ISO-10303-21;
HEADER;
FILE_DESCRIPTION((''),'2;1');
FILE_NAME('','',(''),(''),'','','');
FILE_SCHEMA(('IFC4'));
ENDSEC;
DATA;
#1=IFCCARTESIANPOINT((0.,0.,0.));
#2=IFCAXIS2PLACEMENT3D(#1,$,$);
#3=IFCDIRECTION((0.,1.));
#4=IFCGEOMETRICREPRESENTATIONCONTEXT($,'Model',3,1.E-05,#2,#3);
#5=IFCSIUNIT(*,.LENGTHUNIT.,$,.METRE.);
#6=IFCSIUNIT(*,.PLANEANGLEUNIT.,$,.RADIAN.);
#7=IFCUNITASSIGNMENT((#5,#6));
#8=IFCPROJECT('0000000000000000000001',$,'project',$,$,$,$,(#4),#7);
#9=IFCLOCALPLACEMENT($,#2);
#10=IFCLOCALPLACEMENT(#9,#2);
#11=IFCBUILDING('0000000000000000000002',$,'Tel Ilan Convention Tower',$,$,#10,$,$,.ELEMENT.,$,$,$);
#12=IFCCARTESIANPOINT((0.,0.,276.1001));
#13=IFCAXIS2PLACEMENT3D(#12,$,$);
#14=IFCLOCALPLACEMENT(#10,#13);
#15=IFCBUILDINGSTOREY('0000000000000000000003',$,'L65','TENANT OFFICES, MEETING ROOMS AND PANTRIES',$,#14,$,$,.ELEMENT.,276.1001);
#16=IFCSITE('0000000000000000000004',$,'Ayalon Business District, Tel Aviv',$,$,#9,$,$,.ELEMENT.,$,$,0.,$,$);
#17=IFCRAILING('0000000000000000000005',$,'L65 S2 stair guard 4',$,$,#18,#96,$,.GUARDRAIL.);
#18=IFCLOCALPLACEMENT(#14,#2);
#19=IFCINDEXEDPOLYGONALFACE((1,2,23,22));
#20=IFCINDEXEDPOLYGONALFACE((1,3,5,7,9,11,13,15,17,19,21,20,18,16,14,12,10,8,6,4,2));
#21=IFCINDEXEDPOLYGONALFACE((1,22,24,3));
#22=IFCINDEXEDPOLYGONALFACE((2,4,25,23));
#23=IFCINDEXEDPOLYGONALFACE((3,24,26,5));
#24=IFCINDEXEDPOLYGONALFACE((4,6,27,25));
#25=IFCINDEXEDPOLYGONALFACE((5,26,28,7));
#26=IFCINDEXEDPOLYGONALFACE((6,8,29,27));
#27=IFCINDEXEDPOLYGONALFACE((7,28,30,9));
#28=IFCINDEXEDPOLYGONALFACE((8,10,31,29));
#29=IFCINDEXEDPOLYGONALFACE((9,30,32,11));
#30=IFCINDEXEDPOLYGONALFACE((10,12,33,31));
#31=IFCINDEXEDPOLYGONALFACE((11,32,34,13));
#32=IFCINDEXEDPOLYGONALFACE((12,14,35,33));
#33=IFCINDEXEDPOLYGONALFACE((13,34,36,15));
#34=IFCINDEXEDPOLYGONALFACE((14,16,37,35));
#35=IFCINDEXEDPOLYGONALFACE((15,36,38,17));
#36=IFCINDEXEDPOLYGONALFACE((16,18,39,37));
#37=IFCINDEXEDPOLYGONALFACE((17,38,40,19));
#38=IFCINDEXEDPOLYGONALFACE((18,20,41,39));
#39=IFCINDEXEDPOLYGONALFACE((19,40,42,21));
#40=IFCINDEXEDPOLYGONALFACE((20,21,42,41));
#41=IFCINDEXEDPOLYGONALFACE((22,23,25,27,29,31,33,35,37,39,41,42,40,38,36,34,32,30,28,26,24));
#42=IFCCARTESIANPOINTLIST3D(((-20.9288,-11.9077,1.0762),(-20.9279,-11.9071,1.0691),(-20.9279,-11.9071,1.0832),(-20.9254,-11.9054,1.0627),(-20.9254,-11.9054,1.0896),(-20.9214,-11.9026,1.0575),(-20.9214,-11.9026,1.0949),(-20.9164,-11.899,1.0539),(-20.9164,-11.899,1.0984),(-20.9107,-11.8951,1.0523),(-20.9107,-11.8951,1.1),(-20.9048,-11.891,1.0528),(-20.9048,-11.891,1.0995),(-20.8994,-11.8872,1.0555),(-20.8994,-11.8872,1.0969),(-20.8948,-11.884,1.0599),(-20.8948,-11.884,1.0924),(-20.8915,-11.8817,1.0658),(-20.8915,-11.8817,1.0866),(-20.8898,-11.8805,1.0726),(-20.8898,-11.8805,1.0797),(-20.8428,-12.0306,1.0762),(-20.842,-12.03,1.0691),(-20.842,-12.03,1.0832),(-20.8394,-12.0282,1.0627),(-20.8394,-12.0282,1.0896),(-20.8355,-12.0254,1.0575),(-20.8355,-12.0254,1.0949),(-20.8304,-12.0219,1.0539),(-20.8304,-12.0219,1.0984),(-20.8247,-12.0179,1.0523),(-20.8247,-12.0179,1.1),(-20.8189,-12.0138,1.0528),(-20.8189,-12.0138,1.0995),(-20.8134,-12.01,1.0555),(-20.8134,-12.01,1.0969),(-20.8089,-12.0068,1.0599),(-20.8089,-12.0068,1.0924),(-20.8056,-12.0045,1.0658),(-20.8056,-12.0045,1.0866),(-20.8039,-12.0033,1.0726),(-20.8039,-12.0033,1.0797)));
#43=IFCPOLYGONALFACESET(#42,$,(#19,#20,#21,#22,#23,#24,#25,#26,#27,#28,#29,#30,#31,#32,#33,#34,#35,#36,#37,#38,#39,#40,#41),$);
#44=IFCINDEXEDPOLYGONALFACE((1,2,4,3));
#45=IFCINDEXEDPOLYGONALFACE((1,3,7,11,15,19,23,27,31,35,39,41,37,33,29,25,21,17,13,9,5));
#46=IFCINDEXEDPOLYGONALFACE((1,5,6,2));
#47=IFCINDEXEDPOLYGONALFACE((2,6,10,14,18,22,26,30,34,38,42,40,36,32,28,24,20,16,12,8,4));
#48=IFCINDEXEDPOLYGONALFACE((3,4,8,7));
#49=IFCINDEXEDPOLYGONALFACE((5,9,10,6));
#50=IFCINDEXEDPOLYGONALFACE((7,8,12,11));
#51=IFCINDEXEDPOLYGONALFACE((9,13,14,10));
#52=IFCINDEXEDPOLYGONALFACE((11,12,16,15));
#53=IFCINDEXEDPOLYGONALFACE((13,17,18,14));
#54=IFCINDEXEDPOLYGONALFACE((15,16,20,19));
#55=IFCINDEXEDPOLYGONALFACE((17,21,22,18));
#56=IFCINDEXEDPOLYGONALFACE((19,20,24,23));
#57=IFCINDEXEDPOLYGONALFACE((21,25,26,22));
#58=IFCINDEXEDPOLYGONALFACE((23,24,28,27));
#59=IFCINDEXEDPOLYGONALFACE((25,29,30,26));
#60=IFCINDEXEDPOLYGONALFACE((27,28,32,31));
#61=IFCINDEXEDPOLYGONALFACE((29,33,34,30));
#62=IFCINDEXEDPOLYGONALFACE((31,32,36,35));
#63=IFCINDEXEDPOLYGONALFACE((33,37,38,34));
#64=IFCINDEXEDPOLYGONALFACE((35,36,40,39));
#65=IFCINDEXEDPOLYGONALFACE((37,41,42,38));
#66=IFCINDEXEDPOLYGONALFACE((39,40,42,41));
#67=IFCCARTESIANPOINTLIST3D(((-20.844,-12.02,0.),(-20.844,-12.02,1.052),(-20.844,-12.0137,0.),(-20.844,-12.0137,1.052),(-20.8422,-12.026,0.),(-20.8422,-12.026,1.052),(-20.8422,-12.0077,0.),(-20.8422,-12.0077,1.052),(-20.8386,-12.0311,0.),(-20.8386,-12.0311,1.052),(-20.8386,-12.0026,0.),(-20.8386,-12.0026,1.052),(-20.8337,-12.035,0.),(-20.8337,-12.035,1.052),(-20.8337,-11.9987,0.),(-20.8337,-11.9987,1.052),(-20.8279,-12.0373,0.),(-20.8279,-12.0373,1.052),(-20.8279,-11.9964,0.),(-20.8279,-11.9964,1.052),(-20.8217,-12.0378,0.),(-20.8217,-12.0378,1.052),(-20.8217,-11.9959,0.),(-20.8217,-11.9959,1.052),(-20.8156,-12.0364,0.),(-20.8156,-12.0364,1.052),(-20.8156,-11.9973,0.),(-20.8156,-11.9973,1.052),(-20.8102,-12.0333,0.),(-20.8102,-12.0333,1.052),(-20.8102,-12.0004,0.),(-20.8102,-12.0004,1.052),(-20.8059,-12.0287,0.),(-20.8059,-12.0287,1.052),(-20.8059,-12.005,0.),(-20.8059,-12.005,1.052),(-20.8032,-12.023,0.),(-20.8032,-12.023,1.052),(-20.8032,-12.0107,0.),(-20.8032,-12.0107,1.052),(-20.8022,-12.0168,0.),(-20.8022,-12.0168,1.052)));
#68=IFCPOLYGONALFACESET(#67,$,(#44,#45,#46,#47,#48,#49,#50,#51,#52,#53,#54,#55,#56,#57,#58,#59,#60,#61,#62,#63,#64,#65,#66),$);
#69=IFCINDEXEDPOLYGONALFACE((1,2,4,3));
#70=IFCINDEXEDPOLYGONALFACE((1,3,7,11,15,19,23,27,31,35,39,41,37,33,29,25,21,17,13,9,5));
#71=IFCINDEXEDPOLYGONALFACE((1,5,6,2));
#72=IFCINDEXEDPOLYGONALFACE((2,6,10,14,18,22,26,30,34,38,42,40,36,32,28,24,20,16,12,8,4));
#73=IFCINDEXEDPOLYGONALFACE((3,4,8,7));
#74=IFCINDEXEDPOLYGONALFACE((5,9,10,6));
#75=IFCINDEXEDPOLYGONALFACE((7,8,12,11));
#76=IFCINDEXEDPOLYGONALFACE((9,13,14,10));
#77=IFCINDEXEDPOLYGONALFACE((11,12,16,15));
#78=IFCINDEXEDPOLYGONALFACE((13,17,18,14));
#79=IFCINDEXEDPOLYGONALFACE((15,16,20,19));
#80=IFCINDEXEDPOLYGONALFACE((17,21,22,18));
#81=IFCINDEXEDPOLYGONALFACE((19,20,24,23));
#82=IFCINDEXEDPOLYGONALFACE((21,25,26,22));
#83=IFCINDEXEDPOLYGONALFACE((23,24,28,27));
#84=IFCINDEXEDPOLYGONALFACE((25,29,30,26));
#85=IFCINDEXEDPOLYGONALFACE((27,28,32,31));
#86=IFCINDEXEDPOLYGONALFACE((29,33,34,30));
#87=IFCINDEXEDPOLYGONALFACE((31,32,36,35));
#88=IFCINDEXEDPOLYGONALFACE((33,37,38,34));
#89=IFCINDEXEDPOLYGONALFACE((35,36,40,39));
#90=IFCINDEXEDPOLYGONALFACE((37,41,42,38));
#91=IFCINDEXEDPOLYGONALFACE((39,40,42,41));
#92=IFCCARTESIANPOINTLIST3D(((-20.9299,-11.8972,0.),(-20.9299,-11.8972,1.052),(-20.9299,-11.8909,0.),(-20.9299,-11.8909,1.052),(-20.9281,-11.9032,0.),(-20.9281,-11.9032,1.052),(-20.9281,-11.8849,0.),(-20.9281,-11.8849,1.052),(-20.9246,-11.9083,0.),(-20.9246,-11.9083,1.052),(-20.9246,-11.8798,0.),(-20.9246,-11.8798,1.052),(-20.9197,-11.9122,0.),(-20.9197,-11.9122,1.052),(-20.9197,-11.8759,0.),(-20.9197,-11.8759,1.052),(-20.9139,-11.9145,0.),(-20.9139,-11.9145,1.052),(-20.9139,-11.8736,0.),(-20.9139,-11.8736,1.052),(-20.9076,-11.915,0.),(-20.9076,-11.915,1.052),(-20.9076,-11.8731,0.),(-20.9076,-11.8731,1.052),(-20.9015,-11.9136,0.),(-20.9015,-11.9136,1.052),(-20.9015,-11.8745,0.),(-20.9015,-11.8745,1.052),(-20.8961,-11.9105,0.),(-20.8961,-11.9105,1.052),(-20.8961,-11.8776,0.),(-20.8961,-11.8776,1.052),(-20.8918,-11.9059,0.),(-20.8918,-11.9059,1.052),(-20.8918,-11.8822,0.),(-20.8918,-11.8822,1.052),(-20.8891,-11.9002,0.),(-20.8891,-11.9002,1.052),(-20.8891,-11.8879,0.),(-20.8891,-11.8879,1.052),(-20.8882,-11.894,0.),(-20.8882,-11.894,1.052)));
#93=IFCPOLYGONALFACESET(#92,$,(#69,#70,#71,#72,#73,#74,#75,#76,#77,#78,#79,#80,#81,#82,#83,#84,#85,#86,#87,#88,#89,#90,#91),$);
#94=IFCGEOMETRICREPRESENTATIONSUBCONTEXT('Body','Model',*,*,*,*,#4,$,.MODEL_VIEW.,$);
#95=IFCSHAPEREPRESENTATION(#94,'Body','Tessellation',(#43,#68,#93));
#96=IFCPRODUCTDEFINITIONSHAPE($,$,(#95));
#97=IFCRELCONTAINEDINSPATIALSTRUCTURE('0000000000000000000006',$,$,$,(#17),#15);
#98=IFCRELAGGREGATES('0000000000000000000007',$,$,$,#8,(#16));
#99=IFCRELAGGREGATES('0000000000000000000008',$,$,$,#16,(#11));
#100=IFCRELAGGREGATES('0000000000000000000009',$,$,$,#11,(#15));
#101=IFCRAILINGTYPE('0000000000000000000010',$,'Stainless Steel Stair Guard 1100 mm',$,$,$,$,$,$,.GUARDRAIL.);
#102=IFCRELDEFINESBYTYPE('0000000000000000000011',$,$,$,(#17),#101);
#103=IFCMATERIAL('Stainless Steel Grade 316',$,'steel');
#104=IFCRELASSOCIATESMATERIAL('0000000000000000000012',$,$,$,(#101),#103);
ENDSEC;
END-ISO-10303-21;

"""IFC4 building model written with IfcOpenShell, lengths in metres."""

from ifc_helpers import new_model, si_unit, direction, frame, origin, origin_2d, place, context, subcontext, project, spatial, circle, extrude, material, type_object, element, save


model = new_model("IFC4")

# Units and contexts
model_context = context("Model", 3, precision=1e-05, world=origin(), true_north=direction((0.0, 1.0)))
body_context = subcontext(model_context, "Body", "Model", "MODEL_VIEW")
ifc_project = project(units=[si_unit("LENGTHUNIT", "METRE"), si_unit("PLANEANGLEUNIT", "RADIAN")], contexts=[model_context])

# Site, building, storey
site_placement = place(None, origin())
site = spatial("IfcSite", under=ifc_project, at=site_placement, Name="Ayalon Business District, Tel Aviv", CompositionType="ELEMENT", RefElevation=0.0)
building_placement = place(site_placement, origin())
building = spatial("IfcBuilding", under=site, at=building_placement, Name="Tel Ilan Convention Tower", CompositionType="ELEMENT")
storey_placement = place(building_placement, frame((0.0, 0.0, 276.1001)))
storey = spatial("IfcBuildingStorey", under=building, at=storey_placement, Name="L65", Description="TENANT OFFICES, MEETING ROOMS AND PANTRIES", CompositionType="ELEMENT", Elevation=276.1001)

# Railing
ifc_material_1 = material(Name="Stainless Steel Grade 316", Category="steel")
railing_type_1 = type_object("IfcRailingType", Name="Stainless Steel Stair Guard 1100 mm", PredefinedType="GUARDRAIL", material=ifc_material_1)
railing_1_placement = place(storey_placement, frame((-20.8232, -12.0168, 0.0)))
element("IfcRailing", 1, at=railing_1_placement, inside=storey, type_object=railing_type_1, Name="L65 S2 stair guard 4", PredefinedType="GUARDRAIL", context=body_context, shape_type="SweptSolid", body=[
    extrude(circle(Radius=0.0239, at=origin_2d()), frame((0.0, 0.0, 1.0762), z_axis=(-0.573353, 0.819308, 0.0), x_axis=(-0.819308, -0.573353, 0.0)), (0.0, 0.0, 1.0), 0.1499),
    extrude(circle(Radius=0.021, at=origin_2d()), origin(), (0.0, 0.0, 1.0), 1.052),
    extrude(circle(Radius=0.021, at=origin_2d()), frame((-0.0859, 0.1228, 0.0)), (0.0, 0.0, 1.0), 1.052),
])

save(model, "model.ifc")
